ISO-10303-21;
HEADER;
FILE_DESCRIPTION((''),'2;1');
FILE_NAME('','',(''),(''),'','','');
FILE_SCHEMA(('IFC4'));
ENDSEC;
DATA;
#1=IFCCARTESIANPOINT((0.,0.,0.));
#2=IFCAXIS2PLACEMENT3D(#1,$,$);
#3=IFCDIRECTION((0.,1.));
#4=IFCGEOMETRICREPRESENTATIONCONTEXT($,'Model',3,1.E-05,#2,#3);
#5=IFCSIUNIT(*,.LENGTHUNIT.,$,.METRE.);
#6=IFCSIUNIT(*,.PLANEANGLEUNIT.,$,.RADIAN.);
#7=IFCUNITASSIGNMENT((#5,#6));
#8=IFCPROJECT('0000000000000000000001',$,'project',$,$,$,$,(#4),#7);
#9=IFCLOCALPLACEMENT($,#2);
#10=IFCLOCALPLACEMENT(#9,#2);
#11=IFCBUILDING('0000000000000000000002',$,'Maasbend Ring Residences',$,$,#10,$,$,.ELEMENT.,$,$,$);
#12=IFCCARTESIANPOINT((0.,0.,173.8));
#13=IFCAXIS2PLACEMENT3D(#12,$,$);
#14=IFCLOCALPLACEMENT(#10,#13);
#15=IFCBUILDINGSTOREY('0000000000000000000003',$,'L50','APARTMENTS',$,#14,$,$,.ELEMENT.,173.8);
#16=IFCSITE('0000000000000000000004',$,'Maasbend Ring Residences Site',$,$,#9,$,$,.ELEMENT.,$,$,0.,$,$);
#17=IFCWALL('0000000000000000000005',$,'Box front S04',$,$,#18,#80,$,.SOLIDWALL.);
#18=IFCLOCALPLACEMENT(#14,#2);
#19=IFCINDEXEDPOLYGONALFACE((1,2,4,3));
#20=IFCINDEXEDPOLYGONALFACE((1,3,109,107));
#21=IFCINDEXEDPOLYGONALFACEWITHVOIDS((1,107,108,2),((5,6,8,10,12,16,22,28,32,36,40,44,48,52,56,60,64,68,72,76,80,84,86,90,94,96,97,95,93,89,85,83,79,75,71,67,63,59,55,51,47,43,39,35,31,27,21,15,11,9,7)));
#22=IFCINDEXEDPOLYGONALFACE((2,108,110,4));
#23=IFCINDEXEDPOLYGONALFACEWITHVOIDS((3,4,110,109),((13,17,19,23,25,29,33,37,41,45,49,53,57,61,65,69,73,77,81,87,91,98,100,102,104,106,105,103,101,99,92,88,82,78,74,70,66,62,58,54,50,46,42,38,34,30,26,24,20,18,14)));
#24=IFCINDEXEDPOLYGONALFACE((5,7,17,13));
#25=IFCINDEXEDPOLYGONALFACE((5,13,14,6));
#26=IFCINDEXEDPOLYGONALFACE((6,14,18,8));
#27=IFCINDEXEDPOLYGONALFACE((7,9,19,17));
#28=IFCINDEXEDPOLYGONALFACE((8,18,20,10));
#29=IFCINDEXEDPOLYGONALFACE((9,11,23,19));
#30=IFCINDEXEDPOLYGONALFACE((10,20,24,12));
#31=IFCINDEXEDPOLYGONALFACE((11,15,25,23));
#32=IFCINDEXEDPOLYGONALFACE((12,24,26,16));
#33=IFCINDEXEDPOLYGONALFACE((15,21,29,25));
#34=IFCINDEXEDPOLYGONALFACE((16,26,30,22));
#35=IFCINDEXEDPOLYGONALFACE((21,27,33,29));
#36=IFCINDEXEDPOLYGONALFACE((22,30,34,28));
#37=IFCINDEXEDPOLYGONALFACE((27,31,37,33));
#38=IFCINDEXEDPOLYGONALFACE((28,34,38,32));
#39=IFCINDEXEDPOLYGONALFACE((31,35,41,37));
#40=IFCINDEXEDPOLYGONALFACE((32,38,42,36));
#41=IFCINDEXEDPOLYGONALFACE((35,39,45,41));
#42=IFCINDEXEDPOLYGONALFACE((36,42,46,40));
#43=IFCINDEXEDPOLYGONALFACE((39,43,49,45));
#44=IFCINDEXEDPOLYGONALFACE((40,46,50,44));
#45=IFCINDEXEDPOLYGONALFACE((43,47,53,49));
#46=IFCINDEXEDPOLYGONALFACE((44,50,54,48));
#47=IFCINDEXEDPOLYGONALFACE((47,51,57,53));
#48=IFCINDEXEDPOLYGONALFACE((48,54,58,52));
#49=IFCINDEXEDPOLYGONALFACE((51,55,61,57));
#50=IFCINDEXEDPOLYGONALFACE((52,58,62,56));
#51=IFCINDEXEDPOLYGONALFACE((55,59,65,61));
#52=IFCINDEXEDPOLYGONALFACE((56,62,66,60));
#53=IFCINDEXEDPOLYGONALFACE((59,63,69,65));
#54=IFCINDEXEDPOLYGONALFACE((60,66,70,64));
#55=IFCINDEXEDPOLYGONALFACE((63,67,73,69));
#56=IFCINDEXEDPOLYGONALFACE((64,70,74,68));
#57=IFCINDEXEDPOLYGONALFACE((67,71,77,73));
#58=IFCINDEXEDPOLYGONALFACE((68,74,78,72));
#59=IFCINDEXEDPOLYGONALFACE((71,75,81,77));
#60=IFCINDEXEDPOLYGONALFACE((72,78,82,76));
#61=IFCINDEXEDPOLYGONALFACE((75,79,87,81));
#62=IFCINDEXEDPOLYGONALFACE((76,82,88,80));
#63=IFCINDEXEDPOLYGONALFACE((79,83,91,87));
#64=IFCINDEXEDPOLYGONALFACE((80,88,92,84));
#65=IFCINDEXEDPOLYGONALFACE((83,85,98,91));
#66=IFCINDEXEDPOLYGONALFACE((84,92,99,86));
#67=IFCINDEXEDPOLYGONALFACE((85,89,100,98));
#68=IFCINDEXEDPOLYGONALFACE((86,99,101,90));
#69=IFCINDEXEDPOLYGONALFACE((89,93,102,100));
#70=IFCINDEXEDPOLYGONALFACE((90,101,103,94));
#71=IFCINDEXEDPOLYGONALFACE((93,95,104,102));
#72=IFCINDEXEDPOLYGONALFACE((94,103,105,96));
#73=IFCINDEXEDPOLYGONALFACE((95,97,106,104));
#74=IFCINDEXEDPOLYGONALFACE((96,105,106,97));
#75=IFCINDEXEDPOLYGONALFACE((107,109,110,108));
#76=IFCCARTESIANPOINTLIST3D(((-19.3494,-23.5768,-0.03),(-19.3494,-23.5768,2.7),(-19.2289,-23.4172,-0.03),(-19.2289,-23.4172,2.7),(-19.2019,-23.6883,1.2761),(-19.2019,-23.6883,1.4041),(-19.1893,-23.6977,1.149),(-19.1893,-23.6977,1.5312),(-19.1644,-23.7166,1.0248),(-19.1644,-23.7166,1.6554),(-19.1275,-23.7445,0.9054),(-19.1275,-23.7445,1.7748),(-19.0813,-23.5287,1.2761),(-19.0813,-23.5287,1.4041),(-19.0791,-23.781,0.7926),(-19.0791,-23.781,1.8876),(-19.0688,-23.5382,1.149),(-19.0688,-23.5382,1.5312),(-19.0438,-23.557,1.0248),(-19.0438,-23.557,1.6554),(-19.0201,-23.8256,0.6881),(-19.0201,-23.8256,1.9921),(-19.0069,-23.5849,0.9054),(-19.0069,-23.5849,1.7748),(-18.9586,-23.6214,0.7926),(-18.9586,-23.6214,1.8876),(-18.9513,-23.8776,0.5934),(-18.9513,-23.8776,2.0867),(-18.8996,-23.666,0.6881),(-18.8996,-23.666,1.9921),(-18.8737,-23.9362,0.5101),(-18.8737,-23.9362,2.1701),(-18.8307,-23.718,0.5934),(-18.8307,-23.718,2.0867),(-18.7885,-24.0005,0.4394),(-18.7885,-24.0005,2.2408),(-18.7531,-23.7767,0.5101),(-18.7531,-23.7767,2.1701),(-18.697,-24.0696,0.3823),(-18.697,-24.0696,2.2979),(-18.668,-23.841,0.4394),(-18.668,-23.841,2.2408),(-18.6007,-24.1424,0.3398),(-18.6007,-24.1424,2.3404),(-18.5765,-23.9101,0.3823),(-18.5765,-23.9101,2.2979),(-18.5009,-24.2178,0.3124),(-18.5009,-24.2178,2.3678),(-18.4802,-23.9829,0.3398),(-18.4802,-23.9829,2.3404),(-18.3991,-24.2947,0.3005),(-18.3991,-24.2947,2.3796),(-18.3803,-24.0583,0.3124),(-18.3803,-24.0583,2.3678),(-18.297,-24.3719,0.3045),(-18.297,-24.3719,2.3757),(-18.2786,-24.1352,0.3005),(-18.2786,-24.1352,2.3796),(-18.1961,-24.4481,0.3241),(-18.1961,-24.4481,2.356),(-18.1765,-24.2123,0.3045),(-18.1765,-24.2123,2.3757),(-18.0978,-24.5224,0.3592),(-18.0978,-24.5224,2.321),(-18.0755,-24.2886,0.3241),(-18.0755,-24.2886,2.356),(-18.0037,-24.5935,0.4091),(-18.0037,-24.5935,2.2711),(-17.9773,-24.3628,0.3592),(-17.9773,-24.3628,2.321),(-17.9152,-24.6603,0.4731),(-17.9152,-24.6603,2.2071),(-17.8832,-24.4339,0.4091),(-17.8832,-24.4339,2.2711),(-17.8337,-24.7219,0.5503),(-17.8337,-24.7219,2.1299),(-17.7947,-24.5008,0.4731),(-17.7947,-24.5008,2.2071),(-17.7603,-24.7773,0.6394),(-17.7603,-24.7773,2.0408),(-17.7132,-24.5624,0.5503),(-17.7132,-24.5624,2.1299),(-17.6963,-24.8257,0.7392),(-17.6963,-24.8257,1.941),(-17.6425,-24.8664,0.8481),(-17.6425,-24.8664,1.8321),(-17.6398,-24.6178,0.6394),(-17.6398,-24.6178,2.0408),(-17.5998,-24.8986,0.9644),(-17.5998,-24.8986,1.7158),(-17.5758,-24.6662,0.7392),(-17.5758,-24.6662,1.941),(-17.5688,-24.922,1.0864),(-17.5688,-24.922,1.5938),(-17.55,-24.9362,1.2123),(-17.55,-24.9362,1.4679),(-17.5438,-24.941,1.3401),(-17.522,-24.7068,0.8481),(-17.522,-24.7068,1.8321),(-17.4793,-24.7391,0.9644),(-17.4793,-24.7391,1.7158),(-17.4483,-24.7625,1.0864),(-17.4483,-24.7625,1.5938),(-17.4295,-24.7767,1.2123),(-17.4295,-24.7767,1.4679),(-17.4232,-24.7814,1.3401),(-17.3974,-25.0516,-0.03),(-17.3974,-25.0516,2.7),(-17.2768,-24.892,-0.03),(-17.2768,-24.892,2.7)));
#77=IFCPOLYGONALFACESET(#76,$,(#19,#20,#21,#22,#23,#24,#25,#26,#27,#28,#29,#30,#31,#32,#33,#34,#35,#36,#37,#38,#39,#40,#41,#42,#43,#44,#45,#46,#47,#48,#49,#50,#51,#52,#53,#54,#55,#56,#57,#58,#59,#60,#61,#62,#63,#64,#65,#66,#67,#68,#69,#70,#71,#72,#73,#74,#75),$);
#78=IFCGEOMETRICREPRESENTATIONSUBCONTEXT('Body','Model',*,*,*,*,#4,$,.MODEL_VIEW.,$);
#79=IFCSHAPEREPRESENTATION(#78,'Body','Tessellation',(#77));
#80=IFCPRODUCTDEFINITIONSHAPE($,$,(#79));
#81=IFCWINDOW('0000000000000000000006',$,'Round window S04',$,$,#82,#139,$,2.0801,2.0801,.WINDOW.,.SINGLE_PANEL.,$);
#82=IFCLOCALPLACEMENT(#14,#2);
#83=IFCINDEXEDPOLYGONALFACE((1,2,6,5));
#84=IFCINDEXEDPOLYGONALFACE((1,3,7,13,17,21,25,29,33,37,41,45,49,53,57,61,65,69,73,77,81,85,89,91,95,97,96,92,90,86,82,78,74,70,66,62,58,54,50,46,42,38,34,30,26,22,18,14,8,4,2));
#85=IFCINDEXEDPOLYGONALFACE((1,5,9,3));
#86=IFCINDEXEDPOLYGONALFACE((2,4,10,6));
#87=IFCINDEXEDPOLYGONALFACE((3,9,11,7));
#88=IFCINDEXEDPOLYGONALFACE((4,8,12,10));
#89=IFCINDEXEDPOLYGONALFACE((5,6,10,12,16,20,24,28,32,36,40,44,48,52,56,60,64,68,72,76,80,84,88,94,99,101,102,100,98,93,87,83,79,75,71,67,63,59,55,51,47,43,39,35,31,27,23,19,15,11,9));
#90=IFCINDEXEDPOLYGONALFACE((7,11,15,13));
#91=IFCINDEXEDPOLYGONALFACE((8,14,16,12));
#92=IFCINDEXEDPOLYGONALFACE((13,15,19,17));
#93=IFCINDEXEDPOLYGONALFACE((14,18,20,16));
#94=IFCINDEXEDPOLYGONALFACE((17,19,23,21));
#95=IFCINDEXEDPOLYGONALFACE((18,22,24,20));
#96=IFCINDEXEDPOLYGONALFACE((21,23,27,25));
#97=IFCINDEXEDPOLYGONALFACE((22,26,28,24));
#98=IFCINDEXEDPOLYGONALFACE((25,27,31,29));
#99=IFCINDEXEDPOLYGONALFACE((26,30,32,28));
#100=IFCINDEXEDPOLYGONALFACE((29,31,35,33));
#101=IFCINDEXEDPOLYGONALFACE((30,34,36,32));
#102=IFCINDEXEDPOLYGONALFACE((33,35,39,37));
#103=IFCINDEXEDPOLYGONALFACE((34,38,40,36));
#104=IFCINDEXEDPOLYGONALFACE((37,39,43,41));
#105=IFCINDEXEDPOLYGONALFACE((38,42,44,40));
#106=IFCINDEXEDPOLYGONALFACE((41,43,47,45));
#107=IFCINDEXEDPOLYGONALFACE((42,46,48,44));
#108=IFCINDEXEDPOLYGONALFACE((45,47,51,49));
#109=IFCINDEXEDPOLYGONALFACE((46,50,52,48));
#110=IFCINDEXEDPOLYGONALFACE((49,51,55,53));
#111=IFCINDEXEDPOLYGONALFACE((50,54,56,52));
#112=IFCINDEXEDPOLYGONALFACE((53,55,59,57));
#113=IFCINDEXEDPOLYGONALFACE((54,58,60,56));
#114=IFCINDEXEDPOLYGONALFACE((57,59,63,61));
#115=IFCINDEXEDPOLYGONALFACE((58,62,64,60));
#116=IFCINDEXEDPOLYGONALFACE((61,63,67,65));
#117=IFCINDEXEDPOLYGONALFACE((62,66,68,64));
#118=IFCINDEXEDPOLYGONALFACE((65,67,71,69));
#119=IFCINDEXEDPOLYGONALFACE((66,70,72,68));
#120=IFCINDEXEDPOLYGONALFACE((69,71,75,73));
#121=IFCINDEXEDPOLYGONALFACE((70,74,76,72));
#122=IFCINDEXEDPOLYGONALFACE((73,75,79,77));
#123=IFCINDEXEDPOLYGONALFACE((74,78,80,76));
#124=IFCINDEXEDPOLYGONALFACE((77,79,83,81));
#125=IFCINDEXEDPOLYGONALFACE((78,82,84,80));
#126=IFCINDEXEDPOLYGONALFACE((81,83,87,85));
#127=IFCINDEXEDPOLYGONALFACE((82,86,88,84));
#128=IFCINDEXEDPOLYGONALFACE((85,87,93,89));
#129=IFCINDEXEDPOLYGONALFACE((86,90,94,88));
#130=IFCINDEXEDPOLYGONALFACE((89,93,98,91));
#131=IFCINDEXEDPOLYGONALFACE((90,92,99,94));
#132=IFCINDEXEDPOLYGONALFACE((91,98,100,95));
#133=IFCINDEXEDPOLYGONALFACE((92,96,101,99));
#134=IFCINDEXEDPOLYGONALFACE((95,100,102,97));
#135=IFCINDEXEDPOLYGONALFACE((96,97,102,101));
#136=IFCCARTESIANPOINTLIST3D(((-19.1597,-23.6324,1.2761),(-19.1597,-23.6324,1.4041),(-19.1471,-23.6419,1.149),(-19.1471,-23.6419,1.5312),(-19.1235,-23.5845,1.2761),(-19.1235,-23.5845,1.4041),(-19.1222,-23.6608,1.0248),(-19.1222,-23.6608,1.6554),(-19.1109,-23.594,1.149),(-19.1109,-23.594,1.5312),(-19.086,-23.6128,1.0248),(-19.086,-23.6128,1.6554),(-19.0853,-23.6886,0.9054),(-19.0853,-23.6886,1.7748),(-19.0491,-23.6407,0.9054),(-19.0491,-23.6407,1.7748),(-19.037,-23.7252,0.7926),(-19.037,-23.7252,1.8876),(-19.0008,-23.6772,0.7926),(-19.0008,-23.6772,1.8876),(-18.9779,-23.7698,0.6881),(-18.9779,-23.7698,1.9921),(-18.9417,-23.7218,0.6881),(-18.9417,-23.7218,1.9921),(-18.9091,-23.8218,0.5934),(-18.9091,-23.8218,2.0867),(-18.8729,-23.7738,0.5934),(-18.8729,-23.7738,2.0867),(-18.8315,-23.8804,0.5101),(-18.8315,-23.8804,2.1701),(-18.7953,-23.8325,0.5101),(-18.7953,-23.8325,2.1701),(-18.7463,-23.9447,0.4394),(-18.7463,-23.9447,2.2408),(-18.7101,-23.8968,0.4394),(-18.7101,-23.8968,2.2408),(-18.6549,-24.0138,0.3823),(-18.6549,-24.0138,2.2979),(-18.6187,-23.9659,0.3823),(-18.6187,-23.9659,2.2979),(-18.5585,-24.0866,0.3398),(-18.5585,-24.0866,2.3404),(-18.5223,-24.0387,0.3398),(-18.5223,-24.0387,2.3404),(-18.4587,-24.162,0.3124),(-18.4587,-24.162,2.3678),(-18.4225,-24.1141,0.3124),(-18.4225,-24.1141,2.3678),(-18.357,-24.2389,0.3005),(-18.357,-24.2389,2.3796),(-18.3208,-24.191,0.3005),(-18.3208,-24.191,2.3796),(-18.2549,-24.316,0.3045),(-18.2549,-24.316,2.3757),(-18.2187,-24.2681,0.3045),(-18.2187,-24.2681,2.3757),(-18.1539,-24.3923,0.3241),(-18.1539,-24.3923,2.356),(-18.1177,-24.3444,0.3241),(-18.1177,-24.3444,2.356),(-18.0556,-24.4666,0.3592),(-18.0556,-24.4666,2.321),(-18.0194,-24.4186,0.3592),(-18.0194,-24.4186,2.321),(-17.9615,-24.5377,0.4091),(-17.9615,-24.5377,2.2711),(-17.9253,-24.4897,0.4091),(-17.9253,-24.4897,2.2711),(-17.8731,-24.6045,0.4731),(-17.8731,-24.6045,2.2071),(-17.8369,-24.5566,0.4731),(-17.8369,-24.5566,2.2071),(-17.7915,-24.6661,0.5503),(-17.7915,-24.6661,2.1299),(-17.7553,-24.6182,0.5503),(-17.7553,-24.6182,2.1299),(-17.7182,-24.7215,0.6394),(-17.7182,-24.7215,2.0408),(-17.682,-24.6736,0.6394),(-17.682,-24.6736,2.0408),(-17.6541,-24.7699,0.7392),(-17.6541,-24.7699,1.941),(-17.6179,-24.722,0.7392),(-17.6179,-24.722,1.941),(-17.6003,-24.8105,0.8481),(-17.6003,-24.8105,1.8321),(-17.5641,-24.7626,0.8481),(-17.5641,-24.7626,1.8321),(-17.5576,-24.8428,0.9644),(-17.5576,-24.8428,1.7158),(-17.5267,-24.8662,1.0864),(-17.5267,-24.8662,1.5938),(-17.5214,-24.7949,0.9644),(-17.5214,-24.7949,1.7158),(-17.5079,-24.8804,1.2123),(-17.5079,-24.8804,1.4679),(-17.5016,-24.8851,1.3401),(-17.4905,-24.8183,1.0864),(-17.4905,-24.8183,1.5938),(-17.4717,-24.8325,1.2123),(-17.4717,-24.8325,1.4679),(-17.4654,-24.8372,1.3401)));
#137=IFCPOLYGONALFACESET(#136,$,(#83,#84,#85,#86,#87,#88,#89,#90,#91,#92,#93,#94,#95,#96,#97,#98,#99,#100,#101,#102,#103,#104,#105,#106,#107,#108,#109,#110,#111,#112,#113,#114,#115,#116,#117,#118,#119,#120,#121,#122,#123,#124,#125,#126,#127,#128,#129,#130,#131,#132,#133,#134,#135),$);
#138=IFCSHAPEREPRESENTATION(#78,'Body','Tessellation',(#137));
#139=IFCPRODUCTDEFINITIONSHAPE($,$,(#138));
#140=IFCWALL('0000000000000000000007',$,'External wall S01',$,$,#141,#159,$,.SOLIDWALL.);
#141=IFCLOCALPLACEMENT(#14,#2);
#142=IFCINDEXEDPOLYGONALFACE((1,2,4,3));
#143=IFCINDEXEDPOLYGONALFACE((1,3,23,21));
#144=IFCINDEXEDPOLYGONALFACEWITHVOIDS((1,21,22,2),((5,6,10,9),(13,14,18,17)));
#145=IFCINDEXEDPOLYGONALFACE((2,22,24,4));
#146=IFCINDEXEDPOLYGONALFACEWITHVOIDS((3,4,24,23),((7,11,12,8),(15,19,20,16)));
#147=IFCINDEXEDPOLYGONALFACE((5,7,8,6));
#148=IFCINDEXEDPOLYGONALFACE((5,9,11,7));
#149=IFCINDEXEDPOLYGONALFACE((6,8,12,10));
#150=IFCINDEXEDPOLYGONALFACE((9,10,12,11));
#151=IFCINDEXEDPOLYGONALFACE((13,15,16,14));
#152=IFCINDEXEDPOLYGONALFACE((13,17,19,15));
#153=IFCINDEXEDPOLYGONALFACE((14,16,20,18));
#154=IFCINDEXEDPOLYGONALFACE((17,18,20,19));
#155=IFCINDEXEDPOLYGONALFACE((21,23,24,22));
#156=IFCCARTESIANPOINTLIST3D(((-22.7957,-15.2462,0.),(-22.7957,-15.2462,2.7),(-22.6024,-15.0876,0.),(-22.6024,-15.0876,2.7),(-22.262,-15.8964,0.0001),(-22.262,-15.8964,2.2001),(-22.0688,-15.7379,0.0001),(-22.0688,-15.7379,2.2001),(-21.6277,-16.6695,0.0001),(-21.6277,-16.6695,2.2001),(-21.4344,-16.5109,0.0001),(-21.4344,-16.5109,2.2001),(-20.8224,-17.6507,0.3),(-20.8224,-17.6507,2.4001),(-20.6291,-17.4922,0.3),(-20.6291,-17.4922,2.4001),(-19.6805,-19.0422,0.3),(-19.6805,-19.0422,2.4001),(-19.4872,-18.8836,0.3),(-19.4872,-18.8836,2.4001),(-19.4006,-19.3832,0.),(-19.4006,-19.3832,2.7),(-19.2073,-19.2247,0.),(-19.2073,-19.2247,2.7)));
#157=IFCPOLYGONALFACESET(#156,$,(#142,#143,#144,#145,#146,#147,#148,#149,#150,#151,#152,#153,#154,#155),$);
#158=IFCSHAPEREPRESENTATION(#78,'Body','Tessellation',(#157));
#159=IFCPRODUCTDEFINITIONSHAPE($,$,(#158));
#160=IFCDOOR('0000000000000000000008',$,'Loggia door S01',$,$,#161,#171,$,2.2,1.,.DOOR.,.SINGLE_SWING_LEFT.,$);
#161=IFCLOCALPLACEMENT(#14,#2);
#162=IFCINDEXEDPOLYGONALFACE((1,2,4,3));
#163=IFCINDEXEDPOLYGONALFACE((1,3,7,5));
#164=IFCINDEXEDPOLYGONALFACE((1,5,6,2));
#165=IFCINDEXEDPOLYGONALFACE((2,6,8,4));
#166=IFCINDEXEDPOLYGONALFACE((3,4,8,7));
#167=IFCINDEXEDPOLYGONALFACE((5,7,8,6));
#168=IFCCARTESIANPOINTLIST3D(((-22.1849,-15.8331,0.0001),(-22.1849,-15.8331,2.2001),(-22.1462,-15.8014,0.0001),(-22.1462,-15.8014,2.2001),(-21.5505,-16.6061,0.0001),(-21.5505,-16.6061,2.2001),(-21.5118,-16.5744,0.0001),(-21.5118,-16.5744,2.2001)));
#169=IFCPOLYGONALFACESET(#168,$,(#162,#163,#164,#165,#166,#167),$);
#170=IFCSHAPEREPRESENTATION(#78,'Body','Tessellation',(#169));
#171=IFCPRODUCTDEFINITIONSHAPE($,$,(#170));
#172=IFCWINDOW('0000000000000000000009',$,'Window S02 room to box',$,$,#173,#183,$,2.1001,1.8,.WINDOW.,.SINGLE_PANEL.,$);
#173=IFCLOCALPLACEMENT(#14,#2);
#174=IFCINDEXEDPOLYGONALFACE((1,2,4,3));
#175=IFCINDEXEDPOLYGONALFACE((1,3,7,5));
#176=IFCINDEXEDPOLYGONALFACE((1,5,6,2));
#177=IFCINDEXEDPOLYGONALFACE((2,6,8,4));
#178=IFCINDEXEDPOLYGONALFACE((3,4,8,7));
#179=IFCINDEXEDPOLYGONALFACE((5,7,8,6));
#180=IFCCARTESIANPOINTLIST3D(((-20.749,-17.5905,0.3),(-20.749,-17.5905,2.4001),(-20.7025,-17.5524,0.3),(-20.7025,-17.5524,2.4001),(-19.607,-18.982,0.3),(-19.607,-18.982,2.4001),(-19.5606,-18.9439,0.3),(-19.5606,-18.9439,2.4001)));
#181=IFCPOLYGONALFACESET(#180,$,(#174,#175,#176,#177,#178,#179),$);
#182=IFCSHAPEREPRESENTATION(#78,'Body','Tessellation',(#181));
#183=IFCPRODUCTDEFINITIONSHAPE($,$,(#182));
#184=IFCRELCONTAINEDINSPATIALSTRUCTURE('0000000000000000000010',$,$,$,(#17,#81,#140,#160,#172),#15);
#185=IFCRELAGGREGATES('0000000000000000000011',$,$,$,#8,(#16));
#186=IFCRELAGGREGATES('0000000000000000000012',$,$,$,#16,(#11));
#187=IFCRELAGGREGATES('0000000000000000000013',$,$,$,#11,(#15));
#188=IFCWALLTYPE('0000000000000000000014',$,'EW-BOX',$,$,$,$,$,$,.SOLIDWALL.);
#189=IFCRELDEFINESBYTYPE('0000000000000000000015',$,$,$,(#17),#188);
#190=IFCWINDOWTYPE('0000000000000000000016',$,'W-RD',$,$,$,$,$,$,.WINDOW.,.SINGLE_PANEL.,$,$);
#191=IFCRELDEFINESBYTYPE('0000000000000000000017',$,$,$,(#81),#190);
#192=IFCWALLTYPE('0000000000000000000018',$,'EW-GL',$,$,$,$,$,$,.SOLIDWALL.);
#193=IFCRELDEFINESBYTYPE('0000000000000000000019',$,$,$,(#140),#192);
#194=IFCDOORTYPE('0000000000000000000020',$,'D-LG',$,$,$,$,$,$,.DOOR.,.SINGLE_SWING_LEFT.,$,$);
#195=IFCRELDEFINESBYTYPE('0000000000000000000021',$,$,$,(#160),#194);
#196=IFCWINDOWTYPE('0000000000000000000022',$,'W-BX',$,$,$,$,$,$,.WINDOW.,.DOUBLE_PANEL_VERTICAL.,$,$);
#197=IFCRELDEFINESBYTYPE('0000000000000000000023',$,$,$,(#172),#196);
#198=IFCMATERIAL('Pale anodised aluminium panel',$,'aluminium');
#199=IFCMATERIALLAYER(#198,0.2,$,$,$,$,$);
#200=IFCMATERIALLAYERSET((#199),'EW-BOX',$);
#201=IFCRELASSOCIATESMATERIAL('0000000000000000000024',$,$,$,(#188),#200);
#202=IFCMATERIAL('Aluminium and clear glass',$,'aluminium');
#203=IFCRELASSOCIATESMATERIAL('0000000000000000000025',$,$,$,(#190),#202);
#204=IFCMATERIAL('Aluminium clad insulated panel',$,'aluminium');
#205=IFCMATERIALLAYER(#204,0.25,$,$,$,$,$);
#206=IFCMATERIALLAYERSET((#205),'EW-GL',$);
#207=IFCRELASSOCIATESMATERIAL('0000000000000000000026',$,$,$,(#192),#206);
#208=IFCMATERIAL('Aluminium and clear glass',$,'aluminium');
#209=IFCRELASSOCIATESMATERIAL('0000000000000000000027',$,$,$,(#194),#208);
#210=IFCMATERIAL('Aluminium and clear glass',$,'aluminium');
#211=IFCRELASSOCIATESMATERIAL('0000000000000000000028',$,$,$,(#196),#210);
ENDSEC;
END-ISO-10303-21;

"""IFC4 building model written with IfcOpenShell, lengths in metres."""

from ifc_helpers import new_model, si_unit, direction, frame, frame_2d, origin, place, context, subcontext, project, spatial, rectangle, circle, extrude, material, layer, layer_set, type_object, element, fill, save


model = new_model("IFC4")

# Units and contexts
model_context = context("Model", 3, precision=1e-05, world=origin(), true_north=direction((0.0, 1.0)))
body_context = subcontext(model_context, "Body", "Model", "MODEL_VIEW")
ifc_project = project(units=[si_unit("LENGTHUNIT", "METRE"), si_unit("PLANEANGLEUNIT", "RADIAN")], contexts=[model_context])

# Site, building, storey
site_placement = place(None, origin())
site = spatial("IfcSite", under=ifc_project, at=site_placement, Name="Maasbend Ring Residences Site", CompositionType="ELEMENT", RefElevation=0.0)
building_placement = place(site_placement, origin())
building = spatial("IfcBuilding", under=site, at=building_placement, Name="Maasbend Ring Residences", CompositionType="ELEMENT")
storey_placement = place(building_placement, frame((0.0, 0.0, 173.8)))
storey = spatial("IfcBuildingStorey", under=building, at=storey_placement, Name="L50", Description="APARTMENTS", CompositionType="ELEMENT", Elevation=173.8)

# Shared definitions
ifc_material_1 = material(Name="Pale anodised aluminium panel", Category="aluminium")
ifc_layer_1 = layer(ifc_material_1, 0.2)
ifc_layer_set_1 = layer_set([ifc_layer_1], Name="EW-BOX")
wall_type_1 = type_object("IfcWallType", Name="EW-BOX", PredefinedType="SOLIDWALL", material=ifc_layer_set_1)
ifc_material_2 = material(Name="Aluminium and clear glass", Category="aluminium")
window_type_1 = type_object("IfcWindowType", Name="W-RD", PartitioningType="SINGLE_PANEL", PredefinedType="WINDOW", material=ifc_material_2)

# Wall, opening, window
wall_1_placement = place(storey_placement, frame((-19.2891, -23.4971, -0.03), z_axis=(0.0, 0.0, 1.0), x_axis=(0.797888, -0.602806, 0.0)))
wall_1 = element("IfcWall", 1, at=wall_1_placement, inside=storey, type_object=wall_type_1, Name="Box front S04", PredefinedType="SOLIDWALL", context=body_context, shape_type="SweptSolid", body=[
    extrude(rectangle(XDim=2.4465, YDim=0.2, at=frame_2d((1.2231, 0.0))), origin(), (0.0, 0.0, 1.0), 2.73),
])
opening_1_placement = place(wall_1_placement, frame((0.1829, 0.0, 0.3301)))
opening_1 = element("IfcOpeningElement", 2, at=opening_1_placement, cuts=wall_1, PredefinedType="OPENING", context=body_context, shape_type="SweptSolid", body=[
    extrude(circle(Radius=1.04, at=frame_2d((1.04, 1.04))), frame((0.0, 0.1099, 0.0), z_axis=(0.0, -1.0, 0.0), x_axis=(1.0, 0.0, 0.0)), (0.0, 0.0, 1.0), 0.22),
])
window_1_placement = place(opening_1_placement, origin())
window_1 = element("IfcWindow", 3, at=window_1_placement, inside=storey, type_object=window_type_1, Name="Round window S04", OverallHeight=2.0801, OverallWidth=2.0801, PartitioningType="SINGLE_PANEL", PredefinedType="WINDOW", context=body_context, shape_type="SweptSolid", body=[
    extrude(circle(Radius=1.04, at=frame_2d((1.04, 1.04))), frame((0.0, 0.03, 0.0), z_axis=(0.0, -1.0, 0.0), x_axis=(1.0, 0.0, 0.0)), (0.0, 0.0, 1.0), 0.0601),
])
fill(opening_1, window_1)

# Wall, openings, door, window
ifc_material_3 = material(Name="Aluminium clad insulated panel", Category="aluminium")
ifc_layer_2 = layer(ifc_material_3, 0.25)
ifc_layer_set_2 = layer_set([ifc_layer_2], Name="EW-GL")
wall_type_2 = type_object("IfcWallType", Name="EW-GL", PredefinedType="SOLIDWALL", material=ifc_layer_set_2)
wall_2_placement = place(storey_placement, frame((-22.699, -15.167, 0.0), z_axis=(0.0, 0.0, 1.0), x_axis=(0.634382, -0.773019, 0.0)))
wall_2 = element("IfcWall", 4, at=wall_2_placement, inside=storey, type_object=wall_type_2, Name="External wall S01", PredefinedType="SOLIDWALL", context=body_context, shape_type="SweptSolid", body=[
    extrude(rectangle(XDim=5.3518, YDim=0.25, at=frame_2d((2.6758, 0.0))), origin(), (0.0, 0.0, 1.0), 2.7),
])
opening_2_placement = place(wall_2_placement, frame((0.8411, 0.0, 0.0)))
opening_2 = element("IfcOpeningElement", 5, at=opening_2_placement, cuts=wall_2, PredefinedType="OPENING", context=body_context, shape_type="SweptSolid", body=[
    extrude(rectangle(XDim=1.0, YDim=2.2, at=frame_2d((0.5, 1.1001))), frame((0.0, 0.135, 0.0), z_axis=(0.0, -1.0, 0.0), x_axis=(1.0, 0.0, 0.0)), (0.0, 0.0, 1.0), 0.27),
])
opening_3_placement = place(wall_2_placement, frame((3.1106, 0.0, 0.3)))
opening_3 = element("IfcOpeningElement", 6, at=opening_3_placement, cuts=wall_2, PredefinedType="OPENING", context=body_context, shape_type="SweptSolid", body=[
    extrude(rectangle(XDim=1.8, YDim=2.1001, at=frame_2d((0.8999, 1.05))), frame((0.0, 0.135, 0.0), z_axis=(0.0, -1.0, 0.0), x_axis=(1.0, 0.0, 0.0)), (0.0, 0.0, 1.0), 0.27),
])
ifc_material_4 = material(Name="Aluminium and clear glass", Category="aluminium")
door_type_1 = type_object("IfcDoorType", Name="D-LG", OperationType="SINGLE_SWING_LEFT", PredefinedType="DOOR", material=ifc_material_4)
door_1_placement = place(opening_2_placement, origin())
door_1 = element("IfcDoor", 7, at=door_1_placement, inside=storey, type_object=door_type_1, Name="Loggia door S01", OperationType="SINGLE_SWING_LEFT", OverallHeight=2.2, OverallWidth=1.0, PredefinedType="DOOR", context=body_context, shape_type="SweptSolid", body=[
    extrude(rectangle(XDim=1.0, YDim=2.2, at=frame_2d((0.5, 1.1001))), frame((0.0, 0.0249, 0.0), z_axis=(0.0, -1.0, 0.0), x_axis=(1.0, 0.0, 0.0)), (0.0, 0.0, 1.0), 0.05),
])
fill(opening_2, door_1)
ifc_material_5 = material(Name="Aluminium and clear glass", Category="aluminium")
window_type_2 = type_object("IfcWindowType", Name="W-BX", PartitioningType="DOUBLE_PANEL_VERTICAL", PredefinedType="WINDOW", material=ifc_material_5)
window_2_placement = place(opening_3_placement, origin())
window_2 = element("IfcWindow", 8, at=window_2_placement, inside=storey, type_object=window_type_2, Name="Window S02 room to box", OverallHeight=2.1001, OverallWidth=1.8, PartitioningType="SINGLE_PANEL", PredefinedType="WINDOW", context=body_context, shape_type="SweptSolid", body=[
    extrude(rectangle(XDim=1.8, YDim=2.1001, at=frame_2d((0.8999, 1.05))), frame((0.0, 0.03, 0.0), z_axis=(0.0, -1.0, 0.0), x_axis=(1.0, 0.0, 0.0)), (0.0, 0.0, 1.0), 0.0601),
])
fill(opening_3, window_2)

save(model, "model.ifc")
